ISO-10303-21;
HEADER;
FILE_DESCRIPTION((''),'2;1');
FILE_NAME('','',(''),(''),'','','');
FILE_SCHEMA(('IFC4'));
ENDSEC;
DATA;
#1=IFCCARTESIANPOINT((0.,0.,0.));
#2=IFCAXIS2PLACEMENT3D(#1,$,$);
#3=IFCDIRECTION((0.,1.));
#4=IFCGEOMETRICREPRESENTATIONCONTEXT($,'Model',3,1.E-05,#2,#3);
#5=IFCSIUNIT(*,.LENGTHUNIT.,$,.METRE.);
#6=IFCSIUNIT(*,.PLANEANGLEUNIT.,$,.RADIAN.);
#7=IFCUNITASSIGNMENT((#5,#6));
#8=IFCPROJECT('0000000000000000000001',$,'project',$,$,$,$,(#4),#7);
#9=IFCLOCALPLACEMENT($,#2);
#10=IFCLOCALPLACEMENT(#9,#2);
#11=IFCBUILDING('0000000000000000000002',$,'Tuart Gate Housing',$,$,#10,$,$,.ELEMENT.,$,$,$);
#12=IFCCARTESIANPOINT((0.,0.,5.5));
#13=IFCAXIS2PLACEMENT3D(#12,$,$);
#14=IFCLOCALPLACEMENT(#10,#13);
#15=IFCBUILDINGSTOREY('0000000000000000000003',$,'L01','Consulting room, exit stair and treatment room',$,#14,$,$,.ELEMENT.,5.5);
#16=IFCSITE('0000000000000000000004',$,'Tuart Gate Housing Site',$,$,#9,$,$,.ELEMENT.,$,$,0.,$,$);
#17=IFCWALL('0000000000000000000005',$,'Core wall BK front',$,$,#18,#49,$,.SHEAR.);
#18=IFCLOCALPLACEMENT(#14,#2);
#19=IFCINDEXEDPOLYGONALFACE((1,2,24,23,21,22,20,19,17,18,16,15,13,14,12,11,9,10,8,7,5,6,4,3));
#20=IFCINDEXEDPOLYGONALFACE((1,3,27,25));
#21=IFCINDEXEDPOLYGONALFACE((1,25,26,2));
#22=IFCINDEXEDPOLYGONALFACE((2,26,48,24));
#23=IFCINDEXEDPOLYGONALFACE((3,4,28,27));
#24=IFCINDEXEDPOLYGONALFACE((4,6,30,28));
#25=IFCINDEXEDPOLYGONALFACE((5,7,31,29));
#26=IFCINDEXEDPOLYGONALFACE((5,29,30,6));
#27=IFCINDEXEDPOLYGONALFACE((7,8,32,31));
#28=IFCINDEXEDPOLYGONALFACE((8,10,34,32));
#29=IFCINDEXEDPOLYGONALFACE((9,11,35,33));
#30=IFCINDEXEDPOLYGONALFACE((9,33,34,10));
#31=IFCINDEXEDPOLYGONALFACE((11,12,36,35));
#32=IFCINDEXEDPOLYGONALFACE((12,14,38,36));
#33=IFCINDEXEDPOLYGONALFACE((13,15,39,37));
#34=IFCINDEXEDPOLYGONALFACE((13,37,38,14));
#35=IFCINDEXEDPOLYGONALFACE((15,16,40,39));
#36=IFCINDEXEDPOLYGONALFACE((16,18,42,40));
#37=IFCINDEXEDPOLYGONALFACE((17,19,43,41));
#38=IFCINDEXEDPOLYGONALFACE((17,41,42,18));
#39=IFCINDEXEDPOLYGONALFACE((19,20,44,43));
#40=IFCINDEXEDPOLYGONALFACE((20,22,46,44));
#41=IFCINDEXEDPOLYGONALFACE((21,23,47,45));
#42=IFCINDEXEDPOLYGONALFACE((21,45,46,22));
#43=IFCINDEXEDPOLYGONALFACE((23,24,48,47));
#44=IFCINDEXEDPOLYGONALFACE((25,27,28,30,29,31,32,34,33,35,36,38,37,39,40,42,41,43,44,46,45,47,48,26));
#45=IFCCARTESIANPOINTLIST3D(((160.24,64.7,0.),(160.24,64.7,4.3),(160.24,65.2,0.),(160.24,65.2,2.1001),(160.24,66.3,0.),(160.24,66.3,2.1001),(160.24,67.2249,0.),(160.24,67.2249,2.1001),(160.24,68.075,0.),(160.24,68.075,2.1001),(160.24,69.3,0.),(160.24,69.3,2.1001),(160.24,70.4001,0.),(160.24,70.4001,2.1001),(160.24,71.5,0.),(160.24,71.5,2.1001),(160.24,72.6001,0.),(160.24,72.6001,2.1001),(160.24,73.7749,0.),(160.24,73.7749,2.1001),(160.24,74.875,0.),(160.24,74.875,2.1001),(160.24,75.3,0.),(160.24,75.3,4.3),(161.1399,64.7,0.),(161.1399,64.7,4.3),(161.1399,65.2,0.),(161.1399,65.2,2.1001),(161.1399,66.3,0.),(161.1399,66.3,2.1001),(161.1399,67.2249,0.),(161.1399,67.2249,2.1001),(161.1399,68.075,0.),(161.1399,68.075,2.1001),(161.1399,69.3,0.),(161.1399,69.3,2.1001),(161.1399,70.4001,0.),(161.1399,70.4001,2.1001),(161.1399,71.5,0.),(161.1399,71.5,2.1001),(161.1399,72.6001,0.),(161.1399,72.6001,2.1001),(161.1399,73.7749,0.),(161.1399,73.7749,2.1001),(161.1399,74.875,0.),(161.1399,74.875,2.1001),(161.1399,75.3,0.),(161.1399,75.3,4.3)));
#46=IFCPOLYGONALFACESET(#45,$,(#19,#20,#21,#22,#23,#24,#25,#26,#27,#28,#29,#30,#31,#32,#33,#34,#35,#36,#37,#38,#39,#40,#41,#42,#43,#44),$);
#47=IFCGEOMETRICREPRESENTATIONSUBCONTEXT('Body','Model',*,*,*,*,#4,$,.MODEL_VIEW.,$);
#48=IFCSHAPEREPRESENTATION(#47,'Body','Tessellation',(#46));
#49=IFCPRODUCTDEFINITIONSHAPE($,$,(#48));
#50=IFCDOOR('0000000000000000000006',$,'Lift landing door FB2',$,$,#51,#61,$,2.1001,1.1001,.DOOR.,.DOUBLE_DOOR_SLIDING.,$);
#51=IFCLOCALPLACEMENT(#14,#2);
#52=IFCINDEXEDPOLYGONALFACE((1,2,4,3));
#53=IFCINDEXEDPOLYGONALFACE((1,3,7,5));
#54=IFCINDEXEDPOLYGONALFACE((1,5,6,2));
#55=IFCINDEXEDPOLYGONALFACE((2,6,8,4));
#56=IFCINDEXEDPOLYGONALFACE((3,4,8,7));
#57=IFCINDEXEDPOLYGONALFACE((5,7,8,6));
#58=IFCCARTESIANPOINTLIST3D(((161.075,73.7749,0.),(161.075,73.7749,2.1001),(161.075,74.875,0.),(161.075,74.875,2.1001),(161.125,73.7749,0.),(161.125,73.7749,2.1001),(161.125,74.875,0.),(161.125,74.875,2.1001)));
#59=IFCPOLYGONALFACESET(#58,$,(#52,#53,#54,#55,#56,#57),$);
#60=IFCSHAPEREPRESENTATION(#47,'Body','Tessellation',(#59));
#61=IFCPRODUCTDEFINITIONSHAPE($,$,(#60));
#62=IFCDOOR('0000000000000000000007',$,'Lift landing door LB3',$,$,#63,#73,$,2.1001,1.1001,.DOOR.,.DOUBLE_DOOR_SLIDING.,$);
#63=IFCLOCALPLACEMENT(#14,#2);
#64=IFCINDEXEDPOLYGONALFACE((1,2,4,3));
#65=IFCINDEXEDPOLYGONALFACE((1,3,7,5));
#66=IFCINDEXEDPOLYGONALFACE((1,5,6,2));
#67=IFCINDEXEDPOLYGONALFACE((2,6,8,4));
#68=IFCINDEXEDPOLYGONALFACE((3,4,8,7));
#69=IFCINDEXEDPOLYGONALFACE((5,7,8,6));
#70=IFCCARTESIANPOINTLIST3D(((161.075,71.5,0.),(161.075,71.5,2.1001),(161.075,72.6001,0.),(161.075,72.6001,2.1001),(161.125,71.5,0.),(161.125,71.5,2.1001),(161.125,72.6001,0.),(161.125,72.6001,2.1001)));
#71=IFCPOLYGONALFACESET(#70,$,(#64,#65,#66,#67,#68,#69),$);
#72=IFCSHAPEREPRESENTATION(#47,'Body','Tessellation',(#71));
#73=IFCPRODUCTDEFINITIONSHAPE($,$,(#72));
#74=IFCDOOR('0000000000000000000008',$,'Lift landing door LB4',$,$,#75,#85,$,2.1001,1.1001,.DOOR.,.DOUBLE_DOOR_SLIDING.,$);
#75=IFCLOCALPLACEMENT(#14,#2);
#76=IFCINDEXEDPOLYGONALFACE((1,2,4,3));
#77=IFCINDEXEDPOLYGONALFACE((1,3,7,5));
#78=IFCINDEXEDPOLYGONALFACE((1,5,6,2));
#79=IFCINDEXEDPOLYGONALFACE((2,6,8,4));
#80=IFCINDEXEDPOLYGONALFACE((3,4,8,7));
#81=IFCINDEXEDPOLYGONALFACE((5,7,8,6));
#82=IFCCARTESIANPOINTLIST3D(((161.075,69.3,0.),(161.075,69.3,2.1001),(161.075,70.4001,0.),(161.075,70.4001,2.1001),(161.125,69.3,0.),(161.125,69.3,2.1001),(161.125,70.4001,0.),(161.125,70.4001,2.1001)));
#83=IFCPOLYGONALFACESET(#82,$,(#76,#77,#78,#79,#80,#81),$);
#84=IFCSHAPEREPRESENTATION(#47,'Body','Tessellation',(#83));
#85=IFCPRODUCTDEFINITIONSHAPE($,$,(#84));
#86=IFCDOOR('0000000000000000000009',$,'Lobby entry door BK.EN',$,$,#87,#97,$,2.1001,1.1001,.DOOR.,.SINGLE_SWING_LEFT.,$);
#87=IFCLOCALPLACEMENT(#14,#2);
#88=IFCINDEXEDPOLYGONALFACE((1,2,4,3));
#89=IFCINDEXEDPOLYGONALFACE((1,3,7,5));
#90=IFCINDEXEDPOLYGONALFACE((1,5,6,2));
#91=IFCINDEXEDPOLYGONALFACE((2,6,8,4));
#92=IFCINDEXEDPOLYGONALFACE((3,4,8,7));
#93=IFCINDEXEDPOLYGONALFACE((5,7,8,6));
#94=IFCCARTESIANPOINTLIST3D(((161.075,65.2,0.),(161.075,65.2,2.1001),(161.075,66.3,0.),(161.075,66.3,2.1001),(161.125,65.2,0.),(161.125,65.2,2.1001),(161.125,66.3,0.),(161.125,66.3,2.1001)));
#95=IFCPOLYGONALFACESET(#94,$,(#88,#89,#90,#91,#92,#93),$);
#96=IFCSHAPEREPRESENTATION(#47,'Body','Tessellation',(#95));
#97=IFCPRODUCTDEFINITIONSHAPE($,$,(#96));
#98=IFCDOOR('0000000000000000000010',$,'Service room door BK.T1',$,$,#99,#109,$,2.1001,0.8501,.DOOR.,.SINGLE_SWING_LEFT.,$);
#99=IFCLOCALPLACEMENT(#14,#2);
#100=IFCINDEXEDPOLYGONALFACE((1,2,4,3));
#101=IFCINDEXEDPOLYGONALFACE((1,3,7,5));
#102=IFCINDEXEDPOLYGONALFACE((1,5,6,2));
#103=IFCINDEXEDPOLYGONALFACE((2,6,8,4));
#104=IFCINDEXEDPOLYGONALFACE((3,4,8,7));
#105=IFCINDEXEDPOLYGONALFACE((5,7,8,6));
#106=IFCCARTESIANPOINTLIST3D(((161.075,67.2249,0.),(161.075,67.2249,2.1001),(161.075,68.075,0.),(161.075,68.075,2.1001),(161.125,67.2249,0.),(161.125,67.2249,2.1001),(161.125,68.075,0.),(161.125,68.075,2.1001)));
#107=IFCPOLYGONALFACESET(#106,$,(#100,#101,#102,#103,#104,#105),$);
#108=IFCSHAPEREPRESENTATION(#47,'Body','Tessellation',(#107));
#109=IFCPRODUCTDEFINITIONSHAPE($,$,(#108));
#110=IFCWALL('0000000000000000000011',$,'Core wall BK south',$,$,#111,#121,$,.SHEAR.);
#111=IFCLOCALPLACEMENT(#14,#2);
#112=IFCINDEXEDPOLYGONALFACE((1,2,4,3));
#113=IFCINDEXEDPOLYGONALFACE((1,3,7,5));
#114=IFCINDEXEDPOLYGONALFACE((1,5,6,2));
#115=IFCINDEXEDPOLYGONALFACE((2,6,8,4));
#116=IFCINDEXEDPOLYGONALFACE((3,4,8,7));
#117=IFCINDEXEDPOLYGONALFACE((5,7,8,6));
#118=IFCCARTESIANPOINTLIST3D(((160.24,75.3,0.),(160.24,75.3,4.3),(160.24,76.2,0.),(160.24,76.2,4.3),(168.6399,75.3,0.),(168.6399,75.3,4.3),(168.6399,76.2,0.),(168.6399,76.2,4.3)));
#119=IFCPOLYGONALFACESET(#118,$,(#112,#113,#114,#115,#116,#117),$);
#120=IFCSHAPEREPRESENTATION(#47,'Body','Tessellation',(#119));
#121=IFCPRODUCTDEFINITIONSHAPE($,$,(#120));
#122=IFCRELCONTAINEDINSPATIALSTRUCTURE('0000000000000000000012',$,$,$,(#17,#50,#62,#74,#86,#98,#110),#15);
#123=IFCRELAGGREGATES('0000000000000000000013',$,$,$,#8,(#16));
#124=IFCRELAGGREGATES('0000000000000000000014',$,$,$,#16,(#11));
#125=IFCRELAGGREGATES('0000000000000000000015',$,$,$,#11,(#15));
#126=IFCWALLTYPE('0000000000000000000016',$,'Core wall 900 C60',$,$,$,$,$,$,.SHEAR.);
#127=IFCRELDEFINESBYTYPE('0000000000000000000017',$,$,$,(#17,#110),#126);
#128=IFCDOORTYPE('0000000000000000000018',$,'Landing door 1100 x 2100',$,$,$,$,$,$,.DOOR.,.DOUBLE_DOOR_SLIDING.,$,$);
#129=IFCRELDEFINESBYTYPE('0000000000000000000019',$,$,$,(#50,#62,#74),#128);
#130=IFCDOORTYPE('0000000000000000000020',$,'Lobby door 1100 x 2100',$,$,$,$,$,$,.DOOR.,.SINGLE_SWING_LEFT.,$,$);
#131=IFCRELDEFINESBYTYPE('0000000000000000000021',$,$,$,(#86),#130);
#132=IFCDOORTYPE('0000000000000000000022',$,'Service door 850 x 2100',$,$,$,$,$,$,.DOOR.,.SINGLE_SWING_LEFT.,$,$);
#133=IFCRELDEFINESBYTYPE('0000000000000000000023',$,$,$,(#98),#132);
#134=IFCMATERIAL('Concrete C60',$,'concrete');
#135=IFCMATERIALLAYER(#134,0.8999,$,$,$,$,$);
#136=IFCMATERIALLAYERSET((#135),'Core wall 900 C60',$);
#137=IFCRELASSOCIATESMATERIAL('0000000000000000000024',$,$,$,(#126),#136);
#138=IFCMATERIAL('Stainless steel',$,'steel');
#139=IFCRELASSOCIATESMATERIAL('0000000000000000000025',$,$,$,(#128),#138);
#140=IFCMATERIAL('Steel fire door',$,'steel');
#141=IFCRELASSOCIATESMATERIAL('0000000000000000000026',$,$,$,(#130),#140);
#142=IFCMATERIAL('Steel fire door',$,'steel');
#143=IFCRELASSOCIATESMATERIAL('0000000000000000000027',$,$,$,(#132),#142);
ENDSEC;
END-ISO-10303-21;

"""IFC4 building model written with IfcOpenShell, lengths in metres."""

from ifc_helpers import new_model, si_unit, direction, frame, frame_2d, origin, place, context, subcontext, project, spatial, rectangle, extrude, material, layer, layer_set, type_object, element, fill, save


model = new_model("IFC4")

# Units and contexts
model_context = context("Model", 3, precision=1e-05, world=origin(), true_north=direction((0.0, 1.0)))
body_context = subcontext(model_context, "Body", "Model", "MODEL_VIEW")
ifc_project = project(units=[si_unit("LENGTHUNIT", "METRE"), si_unit("PLANEANGLEUNIT", "RADIAN")], contexts=[model_context])

# Site, building, storey
site_placement = place(None, origin())
site = spatial("IfcSite", under=ifc_project, at=site_placement, Name="Tuart Gate Housing Site", CompositionType="ELEMENT", RefElevation=0.0)
building_placement = place(site_placement, origin())
building = spatial("IfcBuilding", under=site, at=building_placement, Name="Tuart Gate Housing", CompositionType="ELEMENT")
storey_placement = place(building_placement, frame((0.0, 0.0, 5.5)))
storey = spatial("IfcBuildingStorey", under=building, at=storey_placement, Name="L01", Description="Consulting room, exit stair and treatment room", CompositionType="ELEMENT", Elevation=5.5)

# Wall, openings, doors
ifc_material_1 = material(Name="Concrete C60", Category="concrete")
ifc_layer_1 = layer(ifc_material_1, 0.8999)
ifc_layer_set_1 = layer_set([ifc_layer_1], Name="Core wall 900 C60")
wall_type_1 = type_object("IfcWallType", Name="Core wall 900 C60", PredefinedType="SHEAR", material=ifc_layer_set_1)
wall_1_placement = place(storey_placement, frame((160.6899, 75.3, 0.0), z_axis=(0.0, 0.0, 1.0), x_axis=(0.0, -1.0, 0.0)))
wall_1 = element("IfcWall", 1, at=wall_1_placement, inside=storey, type_object=wall_type_1, Name="Core wall BK front", PredefinedType="SHEAR", context=body_context, shape_type="SweptSolid", body=[
    extrude(rectangle(XDim=10.6001, YDim=0.8999, at=frame_2d((5.3, 0.0))), origin(), (0.0, 0.0, 1.0), 4.3),
])
opening_1_placement = place(wall_1_placement, frame((0.425, 0.0, 0.0)))
opening_1 = element("IfcOpeningElement", 2, at=opening_1_placement, cuts=wall_1, PredefinedType="OPENING", context=body_context, shape_type="SweptSolid", body=[
    extrude(rectangle(XDim=1.1001, YDim=2.1001, at=frame_2d((0.55, 1.05))), frame((0.0, 0.46, 0.0), z_axis=(0.0, -1.0, 0.0), x_axis=(1.0, 0.0, 0.0)), (0.0, 0.0, 1.0), 0.9199),
])
opening_2_placement = place(wall_1_placement, frame((2.7, 0.0, 0.0)))
opening_2 = element("IfcOpeningElement", 3, at=opening_2_placement, cuts=wall_1, PredefinedType="OPENING", context=body_context, shape_type="SweptSolid", body=[
    extrude(rectangle(XDim=1.1001, YDim=2.1001, at=frame_2d((0.55, 1.05))), frame((0.0, 0.46, 0.0), z_axis=(0.0, -1.0, 0.0), x_axis=(1.0, 0.0, 0.0)), (0.0, 0.0, 1.0), 0.9199),
])
opening_3_placement = place(wall_1_placement, frame((4.8999, 0.0, 0.0)))
opening_3 = element("IfcOpeningElement", 4, at=opening_3_placement, cuts=wall_1, PredefinedType="OPENING", context=body_context, shape_type="SweptSolid", body=[
    extrude(rectangle(XDim=1.1001, YDim=2.1001, at=frame_2d((0.55, 1.05))), frame((0.0, 0.46, 0.0), z_axis=(0.0, -1.0, 0.0), x_axis=(1.0, 0.0, 0.0)), (0.0, 0.0, 1.0), 0.9199),
])
opening_4_placement = place(wall_1_placement, frame((9.0, 0.0, 0.0)))
opening_4 = element("IfcOpeningElement", 5, at=opening_4_placement, cuts=wall_1, PredefinedType="OPENING", context=body_context, shape_type="SweptSolid", body=[
    extrude(rectangle(XDim=1.1001, YDim=2.1001, at=frame_2d((0.55, 1.05))), frame((0.0, 0.46, 0.0), z_axis=(0.0, -1.0, 0.0), x_axis=(1.0, 0.0, 0.0)), (0.0, 0.0, 1.0), 0.9199),
])
opening_5_placement = place(wall_1_placement, frame((7.2251, 0.0, 0.0)))
opening_5 = element("IfcOpeningElement", 6, at=opening_5_placement, cuts=wall_1, PredefinedType="OPENING", context=body_context, shape_type="SweptSolid", body=[
    extrude(rectangle(XDim=0.8501, YDim=2.1001, at=frame_2d((0.425, 1.05))), frame((0.0, 0.46, 0.0), z_axis=(0.0, -1.0, 0.0), x_axis=(1.0, 0.0, 0.0)), (0.0, 0.0, 1.0), 0.9199),
])
ifc_material_2 = material(Name="Stainless steel", Category="steel")
door_type_1 = type_object("IfcDoorType", Name="Landing door 1100 x 2100", OperationType="DOUBLE_DOOR_SLIDING", PredefinedType="DOOR", material=ifc_material_2)
door_1_placement = place(opening_1_placement, origin())
door_1 = element("IfcDoor", 7, at=door_1_placement, inside=storey, type_object=door_type_1, Name="Lift landing door FB2", OperationType="DOUBLE_DOOR_SLIDING", OverallHeight=2.1001, OverallWidth=1.1001, PredefinedType="DOOR", context=body_context, shape_type="SweptSolid", body=[
    extrude(rectangle(XDim=1.1001, YDim=2.1001, at=frame_2d((0.55, 1.05))), frame((0.0, 0.4351, 0.0), z_axis=(0.0, -1.0, 0.0), x_axis=(1.0, 0.0, 0.0)), (0.0, 0.0, 1.0), 0.05),
])
fill(opening_1, door_1)
door_2_placement = place(opening_2_placement, origin())
door_2 = element("IfcDoor", 8, at=door_2_placement, inside=storey, type_object=door_type_1, Name="Lift landing door LB3", OperationType="DOUBLE_DOOR_SLIDING", OverallHeight=2.1001, OverallWidth=1.1001, PredefinedType="DOOR", context=body_context, shape_type="SweptSolid", body=[
    extrude(rectangle(XDim=1.1001, YDim=2.1001, at=frame_2d((0.55, 1.05))), frame((0.0, 0.4351, 0.0), z_axis=(0.0, -1.0, 0.0), x_axis=(1.0, 0.0, 0.0)), (0.0, 0.0, 1.0), 0.05),
])
fill(opening_2, door_2)
door_3_placement = place(opening_3_placement, origin())
door_3 = element("IfcDoor", 9, at=door_3_placement, inside=storey, type_object=door_type_1, Name="Lift landing door LB4", OperationType="DOUBLE_DOOR_SLIDING", OverallHeight=2.1001, OverallWidth=1.1001, PredefinedType="DOOR", context=body_context, shape_type="SweptSolid", body=[
    extrude(rectangle(XDim=1.1001, YDim=2.1001, at=frame_2d((0.55, 1.05))), frame((0.0, 0.4351, 0.0), z_axis=(0.0, -1.0, 0.0), x_axis=(1.0, 0.0, 0.0)), (0.0, 0.0, 1.0), 0.05),
])
fill(opening_3, door_3)
ifc_material_3 = material(Name="Steel fire door", Category="steel")
door_type_2 = type_object("IfcDoorType", Name="Lobby door 1100 x 2100", OperationType="SINGLE_SWING_LEFT", PredefinedType="DOOR", material=ifc_material_3)
door_4_placement = place(opening_4_placement, origin())
door_4 = element("IfcDoor", 10, at=door_4_placement, inside=storey, type_object=door_type_2, Name="Lobby entry door BK.EN", OperationType="SINGLE_SWING_LEFT", OverallHeight=2.1001, OverallWidth=1.1001, PredefinedType="DOOR", context=body_context, shape_type="SweptSolid", body=[
    extrude(rectangle(XDim=1.1001, YDim=2.1001, at=frame_2d((0.55, 1.05))), frame((0.0, 0.4351, 0.0), z_axis=(0.0, -1.0, 0.0), x_axis=(1.0, 0.0, 0.0)), (0.0, 0.0, 1.0), 0.05),
])
fill(opening_4, door_4)
ifc_material_4 = material(Name="Steel fire door", Category="steel")
door_type_3 = type_object("IfcDoorType", Name="Service door 850 x 2100", OperationType="SINGLE_SWING_LEFT", PredefinedType="DOOR", material=ifc_material_4)
door_5_placement = place(opening_5_placement, origin())
door_5 = element("IfcDoor", 11, at=door_5_placement, inside=storey, type_object=door_type_3, Name="Service room door BK.T1", OperationType="SINGLE_SWING_LEFT", OverallHeight=2.1001, OverallWidth=0.8501, PredefinedType="DOOR", context=body_context, shape_type="SweptSolid", body=[
    extrude(rectangle(XDim=0.8501, YDim=2.1001, at=frame_2d((0.425, 1.05))), frame((0.0, 0.4351, 0.0), z_axis=(0.0, -1.0, 0.0), x_axis=(1.0, 0.0, 0.0)), (0.0, 0.0, 1.0), 0.05),
])
fill(opening_5, door_5)

# Wall
wall_2_placement = place(storey_placement, frame((160.24, 75.75, 0.0), z_axis=(0.0, 0.0, 1.0), x_axis=(1.0, 0.0, 0.0)))
element("IfcWall", 12, at=wall_2_placement, inside=storey, type_object=wall_type_1, Name="Core wall BK south", PredefinedType="SHEAR", context=body_context, shape_type="SweptSolid", body=[
    extrude(rectangle(XDim=8.3999, YDim=0.8999, at=frame_2d((4.2, 0.0))), origin(), (0.0, 0.0, 1.0), 4.3),
])

save(model, "model.ifc")
